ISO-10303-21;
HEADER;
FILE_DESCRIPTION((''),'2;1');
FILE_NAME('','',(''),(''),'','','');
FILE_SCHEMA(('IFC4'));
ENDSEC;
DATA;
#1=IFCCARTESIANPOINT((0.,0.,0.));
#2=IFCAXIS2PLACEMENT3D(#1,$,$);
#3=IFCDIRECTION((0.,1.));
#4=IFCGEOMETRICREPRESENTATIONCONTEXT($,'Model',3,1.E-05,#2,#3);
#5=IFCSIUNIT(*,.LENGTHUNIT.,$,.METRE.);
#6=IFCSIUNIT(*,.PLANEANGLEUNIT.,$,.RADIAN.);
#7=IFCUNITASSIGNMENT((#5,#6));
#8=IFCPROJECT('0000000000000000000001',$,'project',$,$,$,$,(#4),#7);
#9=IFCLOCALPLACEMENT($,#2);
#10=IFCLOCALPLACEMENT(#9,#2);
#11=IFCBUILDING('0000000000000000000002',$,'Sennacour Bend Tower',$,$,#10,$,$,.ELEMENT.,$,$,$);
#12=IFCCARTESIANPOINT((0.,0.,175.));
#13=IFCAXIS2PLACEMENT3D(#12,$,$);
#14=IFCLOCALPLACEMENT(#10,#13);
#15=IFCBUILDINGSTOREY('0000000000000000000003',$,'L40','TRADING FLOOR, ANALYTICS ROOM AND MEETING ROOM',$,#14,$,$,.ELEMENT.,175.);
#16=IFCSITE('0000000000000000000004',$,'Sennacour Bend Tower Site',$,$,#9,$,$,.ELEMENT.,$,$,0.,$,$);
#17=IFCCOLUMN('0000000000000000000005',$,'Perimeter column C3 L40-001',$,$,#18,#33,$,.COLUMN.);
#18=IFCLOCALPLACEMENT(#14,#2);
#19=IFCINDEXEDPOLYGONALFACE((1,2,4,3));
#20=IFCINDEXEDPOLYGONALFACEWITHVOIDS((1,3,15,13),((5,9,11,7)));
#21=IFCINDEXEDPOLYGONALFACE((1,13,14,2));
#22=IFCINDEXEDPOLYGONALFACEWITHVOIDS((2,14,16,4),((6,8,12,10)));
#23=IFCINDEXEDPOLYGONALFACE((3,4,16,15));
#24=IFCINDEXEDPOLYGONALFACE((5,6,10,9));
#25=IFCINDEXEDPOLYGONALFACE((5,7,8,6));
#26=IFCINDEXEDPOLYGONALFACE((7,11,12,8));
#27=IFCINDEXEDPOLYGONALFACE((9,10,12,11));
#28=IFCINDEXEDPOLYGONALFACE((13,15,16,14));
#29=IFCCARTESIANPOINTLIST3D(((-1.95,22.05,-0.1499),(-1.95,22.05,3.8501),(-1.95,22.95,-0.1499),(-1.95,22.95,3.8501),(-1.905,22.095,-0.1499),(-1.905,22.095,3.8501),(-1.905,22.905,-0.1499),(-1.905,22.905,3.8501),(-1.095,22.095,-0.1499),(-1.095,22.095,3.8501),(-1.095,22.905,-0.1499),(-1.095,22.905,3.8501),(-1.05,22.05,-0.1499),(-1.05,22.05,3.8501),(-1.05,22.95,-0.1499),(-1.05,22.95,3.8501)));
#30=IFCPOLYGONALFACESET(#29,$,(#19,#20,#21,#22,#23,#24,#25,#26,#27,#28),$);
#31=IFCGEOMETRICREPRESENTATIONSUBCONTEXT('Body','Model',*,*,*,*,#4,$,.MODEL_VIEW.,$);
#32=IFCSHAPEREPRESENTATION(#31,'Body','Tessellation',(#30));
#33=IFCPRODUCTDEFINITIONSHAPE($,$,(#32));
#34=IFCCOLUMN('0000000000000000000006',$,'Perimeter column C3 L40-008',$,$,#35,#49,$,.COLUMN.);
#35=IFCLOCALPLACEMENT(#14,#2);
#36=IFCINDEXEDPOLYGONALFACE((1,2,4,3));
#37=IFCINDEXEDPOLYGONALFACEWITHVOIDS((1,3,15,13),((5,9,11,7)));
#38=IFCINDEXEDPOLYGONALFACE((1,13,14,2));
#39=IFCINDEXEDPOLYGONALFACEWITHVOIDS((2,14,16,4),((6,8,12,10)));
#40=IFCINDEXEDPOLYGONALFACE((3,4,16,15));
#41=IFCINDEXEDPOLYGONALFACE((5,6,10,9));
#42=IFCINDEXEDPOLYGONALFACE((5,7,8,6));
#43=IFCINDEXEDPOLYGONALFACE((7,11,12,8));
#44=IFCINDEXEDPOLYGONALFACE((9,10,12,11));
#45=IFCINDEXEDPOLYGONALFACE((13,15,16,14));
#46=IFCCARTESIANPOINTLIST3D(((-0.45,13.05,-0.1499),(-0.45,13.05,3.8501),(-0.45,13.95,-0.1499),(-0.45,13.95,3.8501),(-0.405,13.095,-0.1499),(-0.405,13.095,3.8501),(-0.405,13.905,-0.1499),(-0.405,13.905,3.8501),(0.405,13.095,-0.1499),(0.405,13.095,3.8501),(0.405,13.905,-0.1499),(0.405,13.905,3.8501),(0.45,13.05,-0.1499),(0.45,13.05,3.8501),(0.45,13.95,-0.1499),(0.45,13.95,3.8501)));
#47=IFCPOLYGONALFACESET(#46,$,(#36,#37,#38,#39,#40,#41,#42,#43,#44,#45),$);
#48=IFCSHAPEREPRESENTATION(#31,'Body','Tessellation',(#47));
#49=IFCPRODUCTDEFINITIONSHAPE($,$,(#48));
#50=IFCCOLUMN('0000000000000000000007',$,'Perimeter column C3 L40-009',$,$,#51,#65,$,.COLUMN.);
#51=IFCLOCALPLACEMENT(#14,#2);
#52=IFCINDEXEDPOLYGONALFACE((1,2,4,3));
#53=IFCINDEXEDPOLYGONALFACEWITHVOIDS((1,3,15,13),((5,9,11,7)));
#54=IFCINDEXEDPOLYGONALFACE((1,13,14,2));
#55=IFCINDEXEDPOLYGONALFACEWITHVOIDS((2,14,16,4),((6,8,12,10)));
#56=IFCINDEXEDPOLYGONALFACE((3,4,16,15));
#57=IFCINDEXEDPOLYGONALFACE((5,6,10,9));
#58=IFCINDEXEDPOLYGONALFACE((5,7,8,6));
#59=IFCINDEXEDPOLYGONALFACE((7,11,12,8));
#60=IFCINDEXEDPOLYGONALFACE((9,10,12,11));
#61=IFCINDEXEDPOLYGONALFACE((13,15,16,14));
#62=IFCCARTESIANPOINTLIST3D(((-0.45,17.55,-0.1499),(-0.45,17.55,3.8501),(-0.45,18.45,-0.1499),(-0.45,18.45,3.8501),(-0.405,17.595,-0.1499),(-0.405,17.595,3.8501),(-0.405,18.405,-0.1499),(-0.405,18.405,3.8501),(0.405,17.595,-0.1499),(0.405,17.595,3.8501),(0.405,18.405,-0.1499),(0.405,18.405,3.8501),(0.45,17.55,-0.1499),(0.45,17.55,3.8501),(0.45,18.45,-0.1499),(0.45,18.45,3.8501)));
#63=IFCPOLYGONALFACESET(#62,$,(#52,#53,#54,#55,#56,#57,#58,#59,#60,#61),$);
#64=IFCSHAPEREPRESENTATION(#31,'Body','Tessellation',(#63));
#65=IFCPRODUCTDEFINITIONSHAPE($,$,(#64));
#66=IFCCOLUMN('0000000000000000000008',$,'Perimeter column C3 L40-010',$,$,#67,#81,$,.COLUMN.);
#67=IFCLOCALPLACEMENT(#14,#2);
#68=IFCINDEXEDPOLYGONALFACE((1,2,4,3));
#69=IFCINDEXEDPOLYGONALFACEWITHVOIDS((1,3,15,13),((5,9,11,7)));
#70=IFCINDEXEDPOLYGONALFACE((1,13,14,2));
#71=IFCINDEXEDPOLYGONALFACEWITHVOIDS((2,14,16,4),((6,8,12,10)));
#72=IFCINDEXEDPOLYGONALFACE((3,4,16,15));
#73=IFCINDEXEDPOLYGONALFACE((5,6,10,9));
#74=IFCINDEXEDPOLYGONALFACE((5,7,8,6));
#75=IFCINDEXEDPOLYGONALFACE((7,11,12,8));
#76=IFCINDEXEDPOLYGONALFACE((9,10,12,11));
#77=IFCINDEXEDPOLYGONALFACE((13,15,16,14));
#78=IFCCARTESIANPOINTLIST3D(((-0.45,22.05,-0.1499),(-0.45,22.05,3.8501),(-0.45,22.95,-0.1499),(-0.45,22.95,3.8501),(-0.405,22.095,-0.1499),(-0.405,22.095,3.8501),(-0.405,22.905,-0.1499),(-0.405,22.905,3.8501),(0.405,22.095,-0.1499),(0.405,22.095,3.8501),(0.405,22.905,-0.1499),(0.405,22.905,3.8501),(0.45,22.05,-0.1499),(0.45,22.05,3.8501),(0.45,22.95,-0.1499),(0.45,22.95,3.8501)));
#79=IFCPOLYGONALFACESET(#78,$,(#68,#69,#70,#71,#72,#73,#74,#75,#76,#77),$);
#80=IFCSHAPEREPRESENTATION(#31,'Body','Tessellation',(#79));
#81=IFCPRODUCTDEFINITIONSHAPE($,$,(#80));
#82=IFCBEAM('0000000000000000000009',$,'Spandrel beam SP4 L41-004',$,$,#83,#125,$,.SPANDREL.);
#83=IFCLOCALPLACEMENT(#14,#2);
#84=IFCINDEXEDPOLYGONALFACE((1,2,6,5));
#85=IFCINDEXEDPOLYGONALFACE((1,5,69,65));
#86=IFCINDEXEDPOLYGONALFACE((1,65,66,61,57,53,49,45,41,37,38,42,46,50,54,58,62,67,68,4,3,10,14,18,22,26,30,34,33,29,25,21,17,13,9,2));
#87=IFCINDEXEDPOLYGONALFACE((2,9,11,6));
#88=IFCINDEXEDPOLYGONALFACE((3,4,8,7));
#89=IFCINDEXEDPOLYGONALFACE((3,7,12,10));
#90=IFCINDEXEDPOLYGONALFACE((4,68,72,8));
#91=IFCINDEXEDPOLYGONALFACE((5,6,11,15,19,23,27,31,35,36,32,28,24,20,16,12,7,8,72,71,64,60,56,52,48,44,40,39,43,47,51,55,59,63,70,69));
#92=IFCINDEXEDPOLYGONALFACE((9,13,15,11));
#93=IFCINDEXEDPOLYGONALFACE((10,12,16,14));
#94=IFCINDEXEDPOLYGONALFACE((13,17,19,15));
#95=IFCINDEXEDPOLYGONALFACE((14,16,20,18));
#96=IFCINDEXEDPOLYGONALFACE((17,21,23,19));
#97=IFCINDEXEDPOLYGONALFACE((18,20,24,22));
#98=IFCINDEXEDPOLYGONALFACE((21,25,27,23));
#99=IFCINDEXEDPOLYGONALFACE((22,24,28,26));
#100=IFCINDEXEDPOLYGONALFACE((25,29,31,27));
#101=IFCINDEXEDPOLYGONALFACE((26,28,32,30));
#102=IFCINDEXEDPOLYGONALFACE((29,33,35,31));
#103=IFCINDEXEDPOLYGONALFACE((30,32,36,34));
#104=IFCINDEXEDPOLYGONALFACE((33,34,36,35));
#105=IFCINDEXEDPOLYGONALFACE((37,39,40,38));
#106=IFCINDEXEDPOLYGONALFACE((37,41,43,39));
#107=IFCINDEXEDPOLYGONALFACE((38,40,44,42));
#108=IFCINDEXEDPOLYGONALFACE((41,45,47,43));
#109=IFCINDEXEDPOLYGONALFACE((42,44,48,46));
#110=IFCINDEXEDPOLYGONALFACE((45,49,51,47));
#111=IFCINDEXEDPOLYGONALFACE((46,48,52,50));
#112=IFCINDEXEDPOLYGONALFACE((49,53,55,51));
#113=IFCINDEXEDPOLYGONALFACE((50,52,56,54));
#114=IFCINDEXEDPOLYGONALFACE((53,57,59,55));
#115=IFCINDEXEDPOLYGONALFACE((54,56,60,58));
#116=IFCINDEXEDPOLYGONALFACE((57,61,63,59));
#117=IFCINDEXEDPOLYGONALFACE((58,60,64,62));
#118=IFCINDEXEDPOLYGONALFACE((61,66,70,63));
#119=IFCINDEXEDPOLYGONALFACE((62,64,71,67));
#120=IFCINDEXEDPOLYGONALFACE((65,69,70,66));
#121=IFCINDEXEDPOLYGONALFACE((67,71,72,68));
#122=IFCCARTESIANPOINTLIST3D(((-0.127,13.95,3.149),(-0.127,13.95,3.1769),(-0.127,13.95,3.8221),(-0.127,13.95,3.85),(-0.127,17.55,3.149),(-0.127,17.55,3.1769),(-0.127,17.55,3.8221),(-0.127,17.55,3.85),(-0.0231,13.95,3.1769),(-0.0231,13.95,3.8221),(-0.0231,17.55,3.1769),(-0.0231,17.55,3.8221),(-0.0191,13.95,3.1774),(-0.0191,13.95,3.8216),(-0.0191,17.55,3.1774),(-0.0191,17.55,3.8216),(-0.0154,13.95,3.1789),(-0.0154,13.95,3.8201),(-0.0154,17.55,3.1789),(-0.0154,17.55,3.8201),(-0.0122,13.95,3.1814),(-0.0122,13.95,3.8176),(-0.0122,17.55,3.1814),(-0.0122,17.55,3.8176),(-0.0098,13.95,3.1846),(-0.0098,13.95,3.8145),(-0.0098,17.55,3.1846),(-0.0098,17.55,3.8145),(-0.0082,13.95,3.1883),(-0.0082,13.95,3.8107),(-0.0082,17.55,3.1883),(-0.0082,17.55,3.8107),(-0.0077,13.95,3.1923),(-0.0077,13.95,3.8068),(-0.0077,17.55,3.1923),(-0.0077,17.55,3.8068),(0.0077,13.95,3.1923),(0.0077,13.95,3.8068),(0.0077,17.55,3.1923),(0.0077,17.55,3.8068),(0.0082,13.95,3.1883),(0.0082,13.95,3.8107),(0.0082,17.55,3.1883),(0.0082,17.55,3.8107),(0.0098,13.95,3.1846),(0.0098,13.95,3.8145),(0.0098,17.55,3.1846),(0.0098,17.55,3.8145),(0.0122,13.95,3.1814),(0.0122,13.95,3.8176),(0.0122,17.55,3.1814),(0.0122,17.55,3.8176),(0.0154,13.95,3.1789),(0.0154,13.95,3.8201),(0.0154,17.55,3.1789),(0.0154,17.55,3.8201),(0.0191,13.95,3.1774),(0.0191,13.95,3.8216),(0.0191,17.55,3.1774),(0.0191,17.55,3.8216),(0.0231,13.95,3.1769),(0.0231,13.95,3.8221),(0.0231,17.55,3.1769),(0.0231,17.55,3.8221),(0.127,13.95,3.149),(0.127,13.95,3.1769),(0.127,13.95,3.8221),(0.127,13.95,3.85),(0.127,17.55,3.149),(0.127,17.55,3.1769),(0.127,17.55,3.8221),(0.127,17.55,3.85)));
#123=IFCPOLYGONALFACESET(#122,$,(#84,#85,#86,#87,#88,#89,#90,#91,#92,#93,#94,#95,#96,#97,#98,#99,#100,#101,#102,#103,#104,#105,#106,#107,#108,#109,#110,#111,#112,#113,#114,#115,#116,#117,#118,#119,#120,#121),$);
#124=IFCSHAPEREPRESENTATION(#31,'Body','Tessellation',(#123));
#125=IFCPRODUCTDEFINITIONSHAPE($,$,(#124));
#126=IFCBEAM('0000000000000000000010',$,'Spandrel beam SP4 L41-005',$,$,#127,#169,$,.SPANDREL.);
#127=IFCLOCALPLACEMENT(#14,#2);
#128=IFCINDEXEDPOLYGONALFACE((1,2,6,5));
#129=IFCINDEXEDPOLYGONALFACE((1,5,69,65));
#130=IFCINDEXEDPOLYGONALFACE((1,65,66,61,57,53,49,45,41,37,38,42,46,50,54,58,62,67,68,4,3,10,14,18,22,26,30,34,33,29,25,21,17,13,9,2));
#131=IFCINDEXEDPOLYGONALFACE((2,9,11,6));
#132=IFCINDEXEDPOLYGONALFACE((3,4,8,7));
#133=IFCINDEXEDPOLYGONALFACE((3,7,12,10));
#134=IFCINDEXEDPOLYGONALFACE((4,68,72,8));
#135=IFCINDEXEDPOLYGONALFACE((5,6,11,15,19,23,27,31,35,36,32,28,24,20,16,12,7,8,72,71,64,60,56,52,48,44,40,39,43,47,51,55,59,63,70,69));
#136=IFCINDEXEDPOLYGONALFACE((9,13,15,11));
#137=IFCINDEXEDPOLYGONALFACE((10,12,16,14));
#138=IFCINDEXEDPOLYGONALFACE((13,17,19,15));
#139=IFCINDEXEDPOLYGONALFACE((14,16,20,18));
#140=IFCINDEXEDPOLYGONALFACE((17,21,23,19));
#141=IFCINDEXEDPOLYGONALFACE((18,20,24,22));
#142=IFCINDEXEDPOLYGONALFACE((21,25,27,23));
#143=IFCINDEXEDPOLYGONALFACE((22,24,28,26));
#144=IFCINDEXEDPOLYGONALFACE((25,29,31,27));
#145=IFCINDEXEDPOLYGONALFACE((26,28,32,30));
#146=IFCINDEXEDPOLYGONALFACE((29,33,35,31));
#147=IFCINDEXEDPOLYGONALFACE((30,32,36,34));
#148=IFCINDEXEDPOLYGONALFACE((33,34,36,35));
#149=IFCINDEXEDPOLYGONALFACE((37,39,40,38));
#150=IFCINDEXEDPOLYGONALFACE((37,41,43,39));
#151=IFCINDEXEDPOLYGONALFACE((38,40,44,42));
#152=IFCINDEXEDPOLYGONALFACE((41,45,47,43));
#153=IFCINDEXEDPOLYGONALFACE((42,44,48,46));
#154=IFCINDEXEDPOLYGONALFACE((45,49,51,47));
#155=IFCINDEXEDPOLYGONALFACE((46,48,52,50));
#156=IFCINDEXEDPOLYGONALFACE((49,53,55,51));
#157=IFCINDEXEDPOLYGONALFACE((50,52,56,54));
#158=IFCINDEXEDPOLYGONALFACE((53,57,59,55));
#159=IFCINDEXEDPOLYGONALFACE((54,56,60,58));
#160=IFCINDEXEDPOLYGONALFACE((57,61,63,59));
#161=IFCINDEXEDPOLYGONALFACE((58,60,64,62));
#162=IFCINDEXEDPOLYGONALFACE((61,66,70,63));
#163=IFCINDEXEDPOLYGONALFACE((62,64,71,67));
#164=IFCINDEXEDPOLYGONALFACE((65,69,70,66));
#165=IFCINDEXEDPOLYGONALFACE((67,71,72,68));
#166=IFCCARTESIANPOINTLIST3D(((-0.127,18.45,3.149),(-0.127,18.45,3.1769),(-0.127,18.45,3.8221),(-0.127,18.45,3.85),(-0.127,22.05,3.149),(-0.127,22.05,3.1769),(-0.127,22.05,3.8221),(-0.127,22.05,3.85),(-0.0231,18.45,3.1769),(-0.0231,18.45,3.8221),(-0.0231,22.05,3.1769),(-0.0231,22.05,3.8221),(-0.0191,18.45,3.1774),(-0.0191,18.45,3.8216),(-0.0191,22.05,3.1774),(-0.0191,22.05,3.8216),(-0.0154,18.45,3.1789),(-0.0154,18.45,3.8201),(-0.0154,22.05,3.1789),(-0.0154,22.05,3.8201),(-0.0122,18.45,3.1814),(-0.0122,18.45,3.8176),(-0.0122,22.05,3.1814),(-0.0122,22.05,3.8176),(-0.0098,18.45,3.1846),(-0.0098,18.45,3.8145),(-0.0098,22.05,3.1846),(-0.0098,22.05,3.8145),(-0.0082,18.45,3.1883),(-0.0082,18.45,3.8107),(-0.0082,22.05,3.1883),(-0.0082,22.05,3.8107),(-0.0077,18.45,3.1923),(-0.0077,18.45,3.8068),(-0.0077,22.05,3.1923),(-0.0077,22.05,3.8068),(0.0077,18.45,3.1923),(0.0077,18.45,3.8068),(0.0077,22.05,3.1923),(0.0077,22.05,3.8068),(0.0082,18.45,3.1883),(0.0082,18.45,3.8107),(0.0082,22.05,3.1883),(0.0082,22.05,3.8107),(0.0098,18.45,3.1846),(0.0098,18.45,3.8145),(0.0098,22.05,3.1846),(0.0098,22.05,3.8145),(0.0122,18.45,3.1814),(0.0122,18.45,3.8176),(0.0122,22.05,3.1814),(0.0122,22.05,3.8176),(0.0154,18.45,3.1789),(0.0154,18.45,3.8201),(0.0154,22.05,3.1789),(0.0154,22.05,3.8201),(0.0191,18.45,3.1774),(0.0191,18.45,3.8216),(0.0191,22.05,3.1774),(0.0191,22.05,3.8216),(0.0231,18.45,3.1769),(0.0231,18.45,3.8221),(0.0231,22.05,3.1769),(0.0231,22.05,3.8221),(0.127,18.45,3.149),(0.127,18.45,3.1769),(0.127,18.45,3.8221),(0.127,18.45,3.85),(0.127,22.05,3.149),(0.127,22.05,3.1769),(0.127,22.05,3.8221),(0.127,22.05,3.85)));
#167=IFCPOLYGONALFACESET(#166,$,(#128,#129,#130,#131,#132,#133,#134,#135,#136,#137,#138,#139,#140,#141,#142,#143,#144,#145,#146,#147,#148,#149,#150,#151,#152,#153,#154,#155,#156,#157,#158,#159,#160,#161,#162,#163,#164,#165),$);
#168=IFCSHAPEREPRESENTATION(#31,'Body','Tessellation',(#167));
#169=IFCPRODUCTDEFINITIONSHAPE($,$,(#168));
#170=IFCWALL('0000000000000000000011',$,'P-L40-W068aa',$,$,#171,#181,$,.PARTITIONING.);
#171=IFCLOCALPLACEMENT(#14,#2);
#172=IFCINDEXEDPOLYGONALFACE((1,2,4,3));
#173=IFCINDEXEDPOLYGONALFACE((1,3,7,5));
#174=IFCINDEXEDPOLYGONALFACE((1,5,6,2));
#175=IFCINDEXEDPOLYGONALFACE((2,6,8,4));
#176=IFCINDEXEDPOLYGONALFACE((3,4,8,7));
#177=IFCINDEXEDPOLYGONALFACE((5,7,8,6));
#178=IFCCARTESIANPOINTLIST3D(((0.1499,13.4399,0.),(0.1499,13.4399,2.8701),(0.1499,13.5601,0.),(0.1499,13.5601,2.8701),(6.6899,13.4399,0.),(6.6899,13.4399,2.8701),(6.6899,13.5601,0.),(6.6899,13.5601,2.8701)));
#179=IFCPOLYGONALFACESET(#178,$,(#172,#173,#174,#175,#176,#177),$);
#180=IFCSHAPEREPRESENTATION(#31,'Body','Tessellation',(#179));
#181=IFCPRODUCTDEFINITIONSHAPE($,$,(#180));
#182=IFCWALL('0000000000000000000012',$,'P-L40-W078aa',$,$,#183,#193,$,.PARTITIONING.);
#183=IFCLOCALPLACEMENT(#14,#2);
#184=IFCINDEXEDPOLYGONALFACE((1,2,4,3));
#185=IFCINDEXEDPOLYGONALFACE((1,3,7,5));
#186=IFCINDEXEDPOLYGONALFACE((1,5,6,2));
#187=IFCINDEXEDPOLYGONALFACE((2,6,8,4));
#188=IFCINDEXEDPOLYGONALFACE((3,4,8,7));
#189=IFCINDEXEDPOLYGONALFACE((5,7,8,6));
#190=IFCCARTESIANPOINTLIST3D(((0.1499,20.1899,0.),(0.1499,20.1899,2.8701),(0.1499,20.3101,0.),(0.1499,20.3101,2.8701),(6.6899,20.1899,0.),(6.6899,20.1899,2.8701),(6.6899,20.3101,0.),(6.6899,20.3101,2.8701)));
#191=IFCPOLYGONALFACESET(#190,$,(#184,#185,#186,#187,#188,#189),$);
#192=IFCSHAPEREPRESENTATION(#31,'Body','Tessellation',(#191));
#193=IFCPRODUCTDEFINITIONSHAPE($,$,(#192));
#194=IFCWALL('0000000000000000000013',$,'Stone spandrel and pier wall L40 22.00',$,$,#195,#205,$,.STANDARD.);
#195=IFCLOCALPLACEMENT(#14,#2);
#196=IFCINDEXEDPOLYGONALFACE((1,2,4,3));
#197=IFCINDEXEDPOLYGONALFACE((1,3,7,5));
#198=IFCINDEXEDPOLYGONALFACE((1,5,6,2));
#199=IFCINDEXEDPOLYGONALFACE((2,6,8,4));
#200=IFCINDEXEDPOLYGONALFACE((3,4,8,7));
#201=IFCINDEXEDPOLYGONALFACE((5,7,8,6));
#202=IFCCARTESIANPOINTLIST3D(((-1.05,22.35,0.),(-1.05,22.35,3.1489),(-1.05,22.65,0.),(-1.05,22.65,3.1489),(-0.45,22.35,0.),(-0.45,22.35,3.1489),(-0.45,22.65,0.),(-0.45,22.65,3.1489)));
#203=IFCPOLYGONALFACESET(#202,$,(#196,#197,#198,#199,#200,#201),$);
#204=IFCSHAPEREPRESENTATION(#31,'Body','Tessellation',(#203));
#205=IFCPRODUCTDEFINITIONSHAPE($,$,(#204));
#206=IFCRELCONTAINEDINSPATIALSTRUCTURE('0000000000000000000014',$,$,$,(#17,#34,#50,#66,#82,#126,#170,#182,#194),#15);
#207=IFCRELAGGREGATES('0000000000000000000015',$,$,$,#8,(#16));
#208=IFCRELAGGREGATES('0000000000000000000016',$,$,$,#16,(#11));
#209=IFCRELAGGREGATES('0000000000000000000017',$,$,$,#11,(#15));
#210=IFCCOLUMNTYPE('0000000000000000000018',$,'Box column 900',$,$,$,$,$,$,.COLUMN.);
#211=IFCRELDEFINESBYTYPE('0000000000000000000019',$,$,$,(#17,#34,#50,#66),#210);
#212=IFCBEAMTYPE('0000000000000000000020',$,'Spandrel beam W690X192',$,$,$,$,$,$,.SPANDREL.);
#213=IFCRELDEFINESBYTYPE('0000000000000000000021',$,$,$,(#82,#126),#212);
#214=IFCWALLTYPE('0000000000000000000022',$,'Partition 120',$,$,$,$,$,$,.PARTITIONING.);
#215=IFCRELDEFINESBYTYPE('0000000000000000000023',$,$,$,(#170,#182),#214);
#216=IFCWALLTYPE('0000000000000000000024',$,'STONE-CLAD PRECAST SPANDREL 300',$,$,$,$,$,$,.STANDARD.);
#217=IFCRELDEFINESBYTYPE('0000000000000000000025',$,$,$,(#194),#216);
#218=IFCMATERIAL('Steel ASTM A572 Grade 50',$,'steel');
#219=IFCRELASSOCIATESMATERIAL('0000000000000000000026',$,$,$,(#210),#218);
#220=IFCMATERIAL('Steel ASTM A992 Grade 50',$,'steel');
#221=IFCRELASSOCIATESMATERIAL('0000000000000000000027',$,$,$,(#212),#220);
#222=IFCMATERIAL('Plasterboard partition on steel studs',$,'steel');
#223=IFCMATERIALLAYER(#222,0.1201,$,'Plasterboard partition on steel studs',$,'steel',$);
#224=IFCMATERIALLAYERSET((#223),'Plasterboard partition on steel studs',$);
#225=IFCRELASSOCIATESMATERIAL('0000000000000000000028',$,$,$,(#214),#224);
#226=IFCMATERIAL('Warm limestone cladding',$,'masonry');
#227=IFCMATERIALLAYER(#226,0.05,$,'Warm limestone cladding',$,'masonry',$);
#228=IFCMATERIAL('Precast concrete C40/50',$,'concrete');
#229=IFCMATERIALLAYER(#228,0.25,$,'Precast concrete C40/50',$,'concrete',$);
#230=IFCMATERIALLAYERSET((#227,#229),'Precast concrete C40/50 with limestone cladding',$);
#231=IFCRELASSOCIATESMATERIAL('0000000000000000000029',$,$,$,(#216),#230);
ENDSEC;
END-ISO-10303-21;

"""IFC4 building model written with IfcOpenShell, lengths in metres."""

from ifc_helpers import new_model, si_unit, direction, frame, frame_2d, origin, origin_2d, place, context, subcontext, project, spatial, rectangle, hollow_rectangle, i_section, extrude, material, layer, layer_set, material_profile, profile_set, type_object, element, save


model = new_model("IFC4")

# Units and contexts
model_context = context("Model", 3, precision=1e-05, world=origin(), true_north=direction((0.0, 1.0)))
body_context = subcontext(model_context, "Body", "Model", "MODEL_VIEW")
ifc_project = project(units=[si_unit("LENGTHUNIT", "METRE"), si_unit("PLANEANGLEUNIT", "RADIAN")], contexts=[model_context])

# Site, building, storey
site_placement = place(None, origin())
site = spatial("IfcSite", under=ifc_project, at=site_placement, Name="Sennacour Bend Tower Site", CompositionType="ELEMENT", RefElevation=0.0)
building_placement = place(site_placement, origin())
building = spatial("IfcBuilding", under=site, at=building_placement, Name="Sennacour Bend Tower", CompositionType="ELEMENT")
storey_placement = place(building_placement, frame((0.0, 0.0, 175.0)))
storey = spatial("IfcBuildingStorey", under=building, at=storey_placement, Name="L40", Description="TRADING FLOOR, ANALYTICS ROOM AND MEETING ROOM", CompositionType="ELEMENT", Elevation=175.0)

# Columns
ifc_material_1 = material(Name="Steel ASTM A572 Grade 50", Category="steel")
ifc_material_profile_1 = material_profile(ifc_material_1, hollow_rectangle(XDim=0.8999, YDim=0.8999, WallThickness=0.0449, at=origin_2d()), Name="Steel ASTM A572 Grade 50", Category="steel")
ifc_profile_set_1 = profile_set([ifc_material_profile_1], Name="Steel ASTM A572 Grade 50")
column_type = type_object("IfcColumnType", Name="Box column 900", PredefinedType="COLUMN", material=ifc_profile_set_1)
for number, where, z_axis, x_axis, name in (
    (1, (-1.5, 22.5, -0.1499), (0.0, 0.0, 1.0), (1.0, 0.0, 0.0), "Perimeter column C3 L40-001"),
    (2, (0.0, 13.5, -0.1499), (0.0, 0.0, 1.0), (1.0, 0.0, 0.0), "Perimeter column C3 L40-008"),
    (3, (0.0, 18.0, -0.1499), (0.0, 0.0, 1.0), (1.0, 0.0, 0.0), "Perimeter column C3 L40-009"),
    (4, (0.0, 22.5, -0.1499), (0.0, 0.0, 1.0), (1.0, 0.0, 0.0), "Perimeter column C3 L40-010"),
):
    element("IfcColumn", number, at=place(storey_placement, frame(where, z_axis=z_axis, x_axis=x_axis)), inside=storey, type_object=column_type, Name=name, PredefinedType="COLUMN", context=body_context, shape_type="SweptSolid", body=[
        extrude(hollow_rectangle(XDim=0.8999, YDim=0.8999, WallThickness=0.0449, at=origin_2d()), origin(), (0.0, 0.0, 1.0), 4.0),
    ])

# Beams
ifc_material_2 = material(Name="Steel ASTM A992 Grade 50", Category="steel")
ifc_material_profile_2 = material_profile(ifc_material_2, i_section(OverallWidth=0.2539, OverallDepth=0.7009, WebThickness=0.0154, FlangeThickness=0.0278, FilletRadius=0.0154, at=origin_2d()), Name="Steel ASTM A992 Grade 50", Category="steel")
ifc_profile_set_2 = profile_set([ifc_material_profile_2], Name="Steel ASTM A992 Grade 50")
beam_type = type_object("IfcBeamType", Name="Spandrel beam W690X192", PredefinedType="SPANDREL", material=ifc_profile_set_2)
for number, where, z_axis, x_axis, name in (
    (5, (0.0, 13.95, 3.4995), (0.0, 1.0, 0.0), (-1.0, 0.0, 0.0), "Spandrel beam SP4 L41-004"),
    (6, (0.0, 18.45, 3.4995), (0.0, 1.0, 0.0), (-1.0, 0.0, 0.0), "Spandrel beam SP4 L41-005"),
):
    element("IfcBeam", number, at=place(storey_placement, frame(where, z_axis=z_axis, x_axis=x_axis)), inside=storey, type_object=beam_type, Name=name, PredefinedType="SPANDREL", context=body_context, shape_type="SweptSolid", body=[
        extrude(i_section(OverallWidth=0.2539, OverallDepth=0.7009, WebThickness=0.0154, FlangeThickness=0.0278, FilletRadius=0.0154, at=origin_2d()), origin(), (0.0, 0.0, 1.0), 3.6001),
    ])

# Walls
ifc_material_3 = material(Name="Plasterboard partition on steel studs", Category="steel")
ifc_layer_1 = layer(ifc_material_3, 0.1201, Name="Plasterboard partition on steel studs", Category="steel")
ifc_layer_set_1 = layer_set([ifc_layer_1], Name="Plasterboard partition on steel studs")
wall_type_1 = type_object("IfcWallType", Name="Partition 120", PredefinedType="PARTITIONING", material=ifc_layer_set_1)
for number, where, z_axis, x_axis, name in (
    (7, (0.1499, 13.5, 0.0), (0.0, 0.0, 1.0), (1.0, 0.0, 0.0), "P-L40-W068aa"),
    (8, (0.1499, 20.25, 0.0), (0.0, 0.0, 1.0), (1.0, 0.0, 0.0), "P-L40-W078aa"),
):
    element("IfcWall", number, at=place(storey_placement, frame(where, z_axis=z_axis, x_axis=x_axis)), inside=storey, type_object=wall_type_1, Name=name, PredefinedType="PARTITIONING", context=body_context, shape_type="SweptSolid", body=[
        extrude(rectangle(XDim=6.54, YDim=0.1201, at=frame_2d((3.27, 0.0))), origin(), (0.0, 0.0, 1.0), 2.8701),
    ])
ifc_material_4 = material(Name="Warm limestone cladding", Category="masonry")
ifc_layer_2 = layer(ifc_material_4, 0.05, Name="Warm limestone cladding", Category="masonry")
ifc_material_5 = material(Name="Precast concrete C40/50", Category="concrete")
ifc_layer_3 = layer(ifc_material_5, 0.25, Name="Precast concrete C40/50", Category="concrete")
ifc_layer_set_2 = layer_set([ifc_layer_2, ifc_layer_3], Name="Precast concrete C40/50 with limestone cladding")
wall_type_2 = type_object("IfcWallType", Name="STONE-CLAD PRECAST SPANDREL 300", PredefinedType="STANDARD", material=ifc_layer_set_2)
wall_1_placement = place(storey_placement, frame((-1.05, 22.5, 0.0), z_axis=(0.0, 0.0, 1.0), x_axis=(1.0, 0.0, 0.0)))
element("IfcWall", 9, at=wall_1_placement, inside=storey, type_object=wall_type_2, Name="Stone spandrel and pier wall L40 22.00", PredefinedType="STANDARD", context=body_context, shape_type="SweptSolid", body=[
    extrude(rectangle(XDim=0.6001, YDim=0.3, at=frame_2d((0.3, 0.0))), origin(), (0.0, 0.0, 1.0), 3.1489),
])

save(model, "model.ifc")
